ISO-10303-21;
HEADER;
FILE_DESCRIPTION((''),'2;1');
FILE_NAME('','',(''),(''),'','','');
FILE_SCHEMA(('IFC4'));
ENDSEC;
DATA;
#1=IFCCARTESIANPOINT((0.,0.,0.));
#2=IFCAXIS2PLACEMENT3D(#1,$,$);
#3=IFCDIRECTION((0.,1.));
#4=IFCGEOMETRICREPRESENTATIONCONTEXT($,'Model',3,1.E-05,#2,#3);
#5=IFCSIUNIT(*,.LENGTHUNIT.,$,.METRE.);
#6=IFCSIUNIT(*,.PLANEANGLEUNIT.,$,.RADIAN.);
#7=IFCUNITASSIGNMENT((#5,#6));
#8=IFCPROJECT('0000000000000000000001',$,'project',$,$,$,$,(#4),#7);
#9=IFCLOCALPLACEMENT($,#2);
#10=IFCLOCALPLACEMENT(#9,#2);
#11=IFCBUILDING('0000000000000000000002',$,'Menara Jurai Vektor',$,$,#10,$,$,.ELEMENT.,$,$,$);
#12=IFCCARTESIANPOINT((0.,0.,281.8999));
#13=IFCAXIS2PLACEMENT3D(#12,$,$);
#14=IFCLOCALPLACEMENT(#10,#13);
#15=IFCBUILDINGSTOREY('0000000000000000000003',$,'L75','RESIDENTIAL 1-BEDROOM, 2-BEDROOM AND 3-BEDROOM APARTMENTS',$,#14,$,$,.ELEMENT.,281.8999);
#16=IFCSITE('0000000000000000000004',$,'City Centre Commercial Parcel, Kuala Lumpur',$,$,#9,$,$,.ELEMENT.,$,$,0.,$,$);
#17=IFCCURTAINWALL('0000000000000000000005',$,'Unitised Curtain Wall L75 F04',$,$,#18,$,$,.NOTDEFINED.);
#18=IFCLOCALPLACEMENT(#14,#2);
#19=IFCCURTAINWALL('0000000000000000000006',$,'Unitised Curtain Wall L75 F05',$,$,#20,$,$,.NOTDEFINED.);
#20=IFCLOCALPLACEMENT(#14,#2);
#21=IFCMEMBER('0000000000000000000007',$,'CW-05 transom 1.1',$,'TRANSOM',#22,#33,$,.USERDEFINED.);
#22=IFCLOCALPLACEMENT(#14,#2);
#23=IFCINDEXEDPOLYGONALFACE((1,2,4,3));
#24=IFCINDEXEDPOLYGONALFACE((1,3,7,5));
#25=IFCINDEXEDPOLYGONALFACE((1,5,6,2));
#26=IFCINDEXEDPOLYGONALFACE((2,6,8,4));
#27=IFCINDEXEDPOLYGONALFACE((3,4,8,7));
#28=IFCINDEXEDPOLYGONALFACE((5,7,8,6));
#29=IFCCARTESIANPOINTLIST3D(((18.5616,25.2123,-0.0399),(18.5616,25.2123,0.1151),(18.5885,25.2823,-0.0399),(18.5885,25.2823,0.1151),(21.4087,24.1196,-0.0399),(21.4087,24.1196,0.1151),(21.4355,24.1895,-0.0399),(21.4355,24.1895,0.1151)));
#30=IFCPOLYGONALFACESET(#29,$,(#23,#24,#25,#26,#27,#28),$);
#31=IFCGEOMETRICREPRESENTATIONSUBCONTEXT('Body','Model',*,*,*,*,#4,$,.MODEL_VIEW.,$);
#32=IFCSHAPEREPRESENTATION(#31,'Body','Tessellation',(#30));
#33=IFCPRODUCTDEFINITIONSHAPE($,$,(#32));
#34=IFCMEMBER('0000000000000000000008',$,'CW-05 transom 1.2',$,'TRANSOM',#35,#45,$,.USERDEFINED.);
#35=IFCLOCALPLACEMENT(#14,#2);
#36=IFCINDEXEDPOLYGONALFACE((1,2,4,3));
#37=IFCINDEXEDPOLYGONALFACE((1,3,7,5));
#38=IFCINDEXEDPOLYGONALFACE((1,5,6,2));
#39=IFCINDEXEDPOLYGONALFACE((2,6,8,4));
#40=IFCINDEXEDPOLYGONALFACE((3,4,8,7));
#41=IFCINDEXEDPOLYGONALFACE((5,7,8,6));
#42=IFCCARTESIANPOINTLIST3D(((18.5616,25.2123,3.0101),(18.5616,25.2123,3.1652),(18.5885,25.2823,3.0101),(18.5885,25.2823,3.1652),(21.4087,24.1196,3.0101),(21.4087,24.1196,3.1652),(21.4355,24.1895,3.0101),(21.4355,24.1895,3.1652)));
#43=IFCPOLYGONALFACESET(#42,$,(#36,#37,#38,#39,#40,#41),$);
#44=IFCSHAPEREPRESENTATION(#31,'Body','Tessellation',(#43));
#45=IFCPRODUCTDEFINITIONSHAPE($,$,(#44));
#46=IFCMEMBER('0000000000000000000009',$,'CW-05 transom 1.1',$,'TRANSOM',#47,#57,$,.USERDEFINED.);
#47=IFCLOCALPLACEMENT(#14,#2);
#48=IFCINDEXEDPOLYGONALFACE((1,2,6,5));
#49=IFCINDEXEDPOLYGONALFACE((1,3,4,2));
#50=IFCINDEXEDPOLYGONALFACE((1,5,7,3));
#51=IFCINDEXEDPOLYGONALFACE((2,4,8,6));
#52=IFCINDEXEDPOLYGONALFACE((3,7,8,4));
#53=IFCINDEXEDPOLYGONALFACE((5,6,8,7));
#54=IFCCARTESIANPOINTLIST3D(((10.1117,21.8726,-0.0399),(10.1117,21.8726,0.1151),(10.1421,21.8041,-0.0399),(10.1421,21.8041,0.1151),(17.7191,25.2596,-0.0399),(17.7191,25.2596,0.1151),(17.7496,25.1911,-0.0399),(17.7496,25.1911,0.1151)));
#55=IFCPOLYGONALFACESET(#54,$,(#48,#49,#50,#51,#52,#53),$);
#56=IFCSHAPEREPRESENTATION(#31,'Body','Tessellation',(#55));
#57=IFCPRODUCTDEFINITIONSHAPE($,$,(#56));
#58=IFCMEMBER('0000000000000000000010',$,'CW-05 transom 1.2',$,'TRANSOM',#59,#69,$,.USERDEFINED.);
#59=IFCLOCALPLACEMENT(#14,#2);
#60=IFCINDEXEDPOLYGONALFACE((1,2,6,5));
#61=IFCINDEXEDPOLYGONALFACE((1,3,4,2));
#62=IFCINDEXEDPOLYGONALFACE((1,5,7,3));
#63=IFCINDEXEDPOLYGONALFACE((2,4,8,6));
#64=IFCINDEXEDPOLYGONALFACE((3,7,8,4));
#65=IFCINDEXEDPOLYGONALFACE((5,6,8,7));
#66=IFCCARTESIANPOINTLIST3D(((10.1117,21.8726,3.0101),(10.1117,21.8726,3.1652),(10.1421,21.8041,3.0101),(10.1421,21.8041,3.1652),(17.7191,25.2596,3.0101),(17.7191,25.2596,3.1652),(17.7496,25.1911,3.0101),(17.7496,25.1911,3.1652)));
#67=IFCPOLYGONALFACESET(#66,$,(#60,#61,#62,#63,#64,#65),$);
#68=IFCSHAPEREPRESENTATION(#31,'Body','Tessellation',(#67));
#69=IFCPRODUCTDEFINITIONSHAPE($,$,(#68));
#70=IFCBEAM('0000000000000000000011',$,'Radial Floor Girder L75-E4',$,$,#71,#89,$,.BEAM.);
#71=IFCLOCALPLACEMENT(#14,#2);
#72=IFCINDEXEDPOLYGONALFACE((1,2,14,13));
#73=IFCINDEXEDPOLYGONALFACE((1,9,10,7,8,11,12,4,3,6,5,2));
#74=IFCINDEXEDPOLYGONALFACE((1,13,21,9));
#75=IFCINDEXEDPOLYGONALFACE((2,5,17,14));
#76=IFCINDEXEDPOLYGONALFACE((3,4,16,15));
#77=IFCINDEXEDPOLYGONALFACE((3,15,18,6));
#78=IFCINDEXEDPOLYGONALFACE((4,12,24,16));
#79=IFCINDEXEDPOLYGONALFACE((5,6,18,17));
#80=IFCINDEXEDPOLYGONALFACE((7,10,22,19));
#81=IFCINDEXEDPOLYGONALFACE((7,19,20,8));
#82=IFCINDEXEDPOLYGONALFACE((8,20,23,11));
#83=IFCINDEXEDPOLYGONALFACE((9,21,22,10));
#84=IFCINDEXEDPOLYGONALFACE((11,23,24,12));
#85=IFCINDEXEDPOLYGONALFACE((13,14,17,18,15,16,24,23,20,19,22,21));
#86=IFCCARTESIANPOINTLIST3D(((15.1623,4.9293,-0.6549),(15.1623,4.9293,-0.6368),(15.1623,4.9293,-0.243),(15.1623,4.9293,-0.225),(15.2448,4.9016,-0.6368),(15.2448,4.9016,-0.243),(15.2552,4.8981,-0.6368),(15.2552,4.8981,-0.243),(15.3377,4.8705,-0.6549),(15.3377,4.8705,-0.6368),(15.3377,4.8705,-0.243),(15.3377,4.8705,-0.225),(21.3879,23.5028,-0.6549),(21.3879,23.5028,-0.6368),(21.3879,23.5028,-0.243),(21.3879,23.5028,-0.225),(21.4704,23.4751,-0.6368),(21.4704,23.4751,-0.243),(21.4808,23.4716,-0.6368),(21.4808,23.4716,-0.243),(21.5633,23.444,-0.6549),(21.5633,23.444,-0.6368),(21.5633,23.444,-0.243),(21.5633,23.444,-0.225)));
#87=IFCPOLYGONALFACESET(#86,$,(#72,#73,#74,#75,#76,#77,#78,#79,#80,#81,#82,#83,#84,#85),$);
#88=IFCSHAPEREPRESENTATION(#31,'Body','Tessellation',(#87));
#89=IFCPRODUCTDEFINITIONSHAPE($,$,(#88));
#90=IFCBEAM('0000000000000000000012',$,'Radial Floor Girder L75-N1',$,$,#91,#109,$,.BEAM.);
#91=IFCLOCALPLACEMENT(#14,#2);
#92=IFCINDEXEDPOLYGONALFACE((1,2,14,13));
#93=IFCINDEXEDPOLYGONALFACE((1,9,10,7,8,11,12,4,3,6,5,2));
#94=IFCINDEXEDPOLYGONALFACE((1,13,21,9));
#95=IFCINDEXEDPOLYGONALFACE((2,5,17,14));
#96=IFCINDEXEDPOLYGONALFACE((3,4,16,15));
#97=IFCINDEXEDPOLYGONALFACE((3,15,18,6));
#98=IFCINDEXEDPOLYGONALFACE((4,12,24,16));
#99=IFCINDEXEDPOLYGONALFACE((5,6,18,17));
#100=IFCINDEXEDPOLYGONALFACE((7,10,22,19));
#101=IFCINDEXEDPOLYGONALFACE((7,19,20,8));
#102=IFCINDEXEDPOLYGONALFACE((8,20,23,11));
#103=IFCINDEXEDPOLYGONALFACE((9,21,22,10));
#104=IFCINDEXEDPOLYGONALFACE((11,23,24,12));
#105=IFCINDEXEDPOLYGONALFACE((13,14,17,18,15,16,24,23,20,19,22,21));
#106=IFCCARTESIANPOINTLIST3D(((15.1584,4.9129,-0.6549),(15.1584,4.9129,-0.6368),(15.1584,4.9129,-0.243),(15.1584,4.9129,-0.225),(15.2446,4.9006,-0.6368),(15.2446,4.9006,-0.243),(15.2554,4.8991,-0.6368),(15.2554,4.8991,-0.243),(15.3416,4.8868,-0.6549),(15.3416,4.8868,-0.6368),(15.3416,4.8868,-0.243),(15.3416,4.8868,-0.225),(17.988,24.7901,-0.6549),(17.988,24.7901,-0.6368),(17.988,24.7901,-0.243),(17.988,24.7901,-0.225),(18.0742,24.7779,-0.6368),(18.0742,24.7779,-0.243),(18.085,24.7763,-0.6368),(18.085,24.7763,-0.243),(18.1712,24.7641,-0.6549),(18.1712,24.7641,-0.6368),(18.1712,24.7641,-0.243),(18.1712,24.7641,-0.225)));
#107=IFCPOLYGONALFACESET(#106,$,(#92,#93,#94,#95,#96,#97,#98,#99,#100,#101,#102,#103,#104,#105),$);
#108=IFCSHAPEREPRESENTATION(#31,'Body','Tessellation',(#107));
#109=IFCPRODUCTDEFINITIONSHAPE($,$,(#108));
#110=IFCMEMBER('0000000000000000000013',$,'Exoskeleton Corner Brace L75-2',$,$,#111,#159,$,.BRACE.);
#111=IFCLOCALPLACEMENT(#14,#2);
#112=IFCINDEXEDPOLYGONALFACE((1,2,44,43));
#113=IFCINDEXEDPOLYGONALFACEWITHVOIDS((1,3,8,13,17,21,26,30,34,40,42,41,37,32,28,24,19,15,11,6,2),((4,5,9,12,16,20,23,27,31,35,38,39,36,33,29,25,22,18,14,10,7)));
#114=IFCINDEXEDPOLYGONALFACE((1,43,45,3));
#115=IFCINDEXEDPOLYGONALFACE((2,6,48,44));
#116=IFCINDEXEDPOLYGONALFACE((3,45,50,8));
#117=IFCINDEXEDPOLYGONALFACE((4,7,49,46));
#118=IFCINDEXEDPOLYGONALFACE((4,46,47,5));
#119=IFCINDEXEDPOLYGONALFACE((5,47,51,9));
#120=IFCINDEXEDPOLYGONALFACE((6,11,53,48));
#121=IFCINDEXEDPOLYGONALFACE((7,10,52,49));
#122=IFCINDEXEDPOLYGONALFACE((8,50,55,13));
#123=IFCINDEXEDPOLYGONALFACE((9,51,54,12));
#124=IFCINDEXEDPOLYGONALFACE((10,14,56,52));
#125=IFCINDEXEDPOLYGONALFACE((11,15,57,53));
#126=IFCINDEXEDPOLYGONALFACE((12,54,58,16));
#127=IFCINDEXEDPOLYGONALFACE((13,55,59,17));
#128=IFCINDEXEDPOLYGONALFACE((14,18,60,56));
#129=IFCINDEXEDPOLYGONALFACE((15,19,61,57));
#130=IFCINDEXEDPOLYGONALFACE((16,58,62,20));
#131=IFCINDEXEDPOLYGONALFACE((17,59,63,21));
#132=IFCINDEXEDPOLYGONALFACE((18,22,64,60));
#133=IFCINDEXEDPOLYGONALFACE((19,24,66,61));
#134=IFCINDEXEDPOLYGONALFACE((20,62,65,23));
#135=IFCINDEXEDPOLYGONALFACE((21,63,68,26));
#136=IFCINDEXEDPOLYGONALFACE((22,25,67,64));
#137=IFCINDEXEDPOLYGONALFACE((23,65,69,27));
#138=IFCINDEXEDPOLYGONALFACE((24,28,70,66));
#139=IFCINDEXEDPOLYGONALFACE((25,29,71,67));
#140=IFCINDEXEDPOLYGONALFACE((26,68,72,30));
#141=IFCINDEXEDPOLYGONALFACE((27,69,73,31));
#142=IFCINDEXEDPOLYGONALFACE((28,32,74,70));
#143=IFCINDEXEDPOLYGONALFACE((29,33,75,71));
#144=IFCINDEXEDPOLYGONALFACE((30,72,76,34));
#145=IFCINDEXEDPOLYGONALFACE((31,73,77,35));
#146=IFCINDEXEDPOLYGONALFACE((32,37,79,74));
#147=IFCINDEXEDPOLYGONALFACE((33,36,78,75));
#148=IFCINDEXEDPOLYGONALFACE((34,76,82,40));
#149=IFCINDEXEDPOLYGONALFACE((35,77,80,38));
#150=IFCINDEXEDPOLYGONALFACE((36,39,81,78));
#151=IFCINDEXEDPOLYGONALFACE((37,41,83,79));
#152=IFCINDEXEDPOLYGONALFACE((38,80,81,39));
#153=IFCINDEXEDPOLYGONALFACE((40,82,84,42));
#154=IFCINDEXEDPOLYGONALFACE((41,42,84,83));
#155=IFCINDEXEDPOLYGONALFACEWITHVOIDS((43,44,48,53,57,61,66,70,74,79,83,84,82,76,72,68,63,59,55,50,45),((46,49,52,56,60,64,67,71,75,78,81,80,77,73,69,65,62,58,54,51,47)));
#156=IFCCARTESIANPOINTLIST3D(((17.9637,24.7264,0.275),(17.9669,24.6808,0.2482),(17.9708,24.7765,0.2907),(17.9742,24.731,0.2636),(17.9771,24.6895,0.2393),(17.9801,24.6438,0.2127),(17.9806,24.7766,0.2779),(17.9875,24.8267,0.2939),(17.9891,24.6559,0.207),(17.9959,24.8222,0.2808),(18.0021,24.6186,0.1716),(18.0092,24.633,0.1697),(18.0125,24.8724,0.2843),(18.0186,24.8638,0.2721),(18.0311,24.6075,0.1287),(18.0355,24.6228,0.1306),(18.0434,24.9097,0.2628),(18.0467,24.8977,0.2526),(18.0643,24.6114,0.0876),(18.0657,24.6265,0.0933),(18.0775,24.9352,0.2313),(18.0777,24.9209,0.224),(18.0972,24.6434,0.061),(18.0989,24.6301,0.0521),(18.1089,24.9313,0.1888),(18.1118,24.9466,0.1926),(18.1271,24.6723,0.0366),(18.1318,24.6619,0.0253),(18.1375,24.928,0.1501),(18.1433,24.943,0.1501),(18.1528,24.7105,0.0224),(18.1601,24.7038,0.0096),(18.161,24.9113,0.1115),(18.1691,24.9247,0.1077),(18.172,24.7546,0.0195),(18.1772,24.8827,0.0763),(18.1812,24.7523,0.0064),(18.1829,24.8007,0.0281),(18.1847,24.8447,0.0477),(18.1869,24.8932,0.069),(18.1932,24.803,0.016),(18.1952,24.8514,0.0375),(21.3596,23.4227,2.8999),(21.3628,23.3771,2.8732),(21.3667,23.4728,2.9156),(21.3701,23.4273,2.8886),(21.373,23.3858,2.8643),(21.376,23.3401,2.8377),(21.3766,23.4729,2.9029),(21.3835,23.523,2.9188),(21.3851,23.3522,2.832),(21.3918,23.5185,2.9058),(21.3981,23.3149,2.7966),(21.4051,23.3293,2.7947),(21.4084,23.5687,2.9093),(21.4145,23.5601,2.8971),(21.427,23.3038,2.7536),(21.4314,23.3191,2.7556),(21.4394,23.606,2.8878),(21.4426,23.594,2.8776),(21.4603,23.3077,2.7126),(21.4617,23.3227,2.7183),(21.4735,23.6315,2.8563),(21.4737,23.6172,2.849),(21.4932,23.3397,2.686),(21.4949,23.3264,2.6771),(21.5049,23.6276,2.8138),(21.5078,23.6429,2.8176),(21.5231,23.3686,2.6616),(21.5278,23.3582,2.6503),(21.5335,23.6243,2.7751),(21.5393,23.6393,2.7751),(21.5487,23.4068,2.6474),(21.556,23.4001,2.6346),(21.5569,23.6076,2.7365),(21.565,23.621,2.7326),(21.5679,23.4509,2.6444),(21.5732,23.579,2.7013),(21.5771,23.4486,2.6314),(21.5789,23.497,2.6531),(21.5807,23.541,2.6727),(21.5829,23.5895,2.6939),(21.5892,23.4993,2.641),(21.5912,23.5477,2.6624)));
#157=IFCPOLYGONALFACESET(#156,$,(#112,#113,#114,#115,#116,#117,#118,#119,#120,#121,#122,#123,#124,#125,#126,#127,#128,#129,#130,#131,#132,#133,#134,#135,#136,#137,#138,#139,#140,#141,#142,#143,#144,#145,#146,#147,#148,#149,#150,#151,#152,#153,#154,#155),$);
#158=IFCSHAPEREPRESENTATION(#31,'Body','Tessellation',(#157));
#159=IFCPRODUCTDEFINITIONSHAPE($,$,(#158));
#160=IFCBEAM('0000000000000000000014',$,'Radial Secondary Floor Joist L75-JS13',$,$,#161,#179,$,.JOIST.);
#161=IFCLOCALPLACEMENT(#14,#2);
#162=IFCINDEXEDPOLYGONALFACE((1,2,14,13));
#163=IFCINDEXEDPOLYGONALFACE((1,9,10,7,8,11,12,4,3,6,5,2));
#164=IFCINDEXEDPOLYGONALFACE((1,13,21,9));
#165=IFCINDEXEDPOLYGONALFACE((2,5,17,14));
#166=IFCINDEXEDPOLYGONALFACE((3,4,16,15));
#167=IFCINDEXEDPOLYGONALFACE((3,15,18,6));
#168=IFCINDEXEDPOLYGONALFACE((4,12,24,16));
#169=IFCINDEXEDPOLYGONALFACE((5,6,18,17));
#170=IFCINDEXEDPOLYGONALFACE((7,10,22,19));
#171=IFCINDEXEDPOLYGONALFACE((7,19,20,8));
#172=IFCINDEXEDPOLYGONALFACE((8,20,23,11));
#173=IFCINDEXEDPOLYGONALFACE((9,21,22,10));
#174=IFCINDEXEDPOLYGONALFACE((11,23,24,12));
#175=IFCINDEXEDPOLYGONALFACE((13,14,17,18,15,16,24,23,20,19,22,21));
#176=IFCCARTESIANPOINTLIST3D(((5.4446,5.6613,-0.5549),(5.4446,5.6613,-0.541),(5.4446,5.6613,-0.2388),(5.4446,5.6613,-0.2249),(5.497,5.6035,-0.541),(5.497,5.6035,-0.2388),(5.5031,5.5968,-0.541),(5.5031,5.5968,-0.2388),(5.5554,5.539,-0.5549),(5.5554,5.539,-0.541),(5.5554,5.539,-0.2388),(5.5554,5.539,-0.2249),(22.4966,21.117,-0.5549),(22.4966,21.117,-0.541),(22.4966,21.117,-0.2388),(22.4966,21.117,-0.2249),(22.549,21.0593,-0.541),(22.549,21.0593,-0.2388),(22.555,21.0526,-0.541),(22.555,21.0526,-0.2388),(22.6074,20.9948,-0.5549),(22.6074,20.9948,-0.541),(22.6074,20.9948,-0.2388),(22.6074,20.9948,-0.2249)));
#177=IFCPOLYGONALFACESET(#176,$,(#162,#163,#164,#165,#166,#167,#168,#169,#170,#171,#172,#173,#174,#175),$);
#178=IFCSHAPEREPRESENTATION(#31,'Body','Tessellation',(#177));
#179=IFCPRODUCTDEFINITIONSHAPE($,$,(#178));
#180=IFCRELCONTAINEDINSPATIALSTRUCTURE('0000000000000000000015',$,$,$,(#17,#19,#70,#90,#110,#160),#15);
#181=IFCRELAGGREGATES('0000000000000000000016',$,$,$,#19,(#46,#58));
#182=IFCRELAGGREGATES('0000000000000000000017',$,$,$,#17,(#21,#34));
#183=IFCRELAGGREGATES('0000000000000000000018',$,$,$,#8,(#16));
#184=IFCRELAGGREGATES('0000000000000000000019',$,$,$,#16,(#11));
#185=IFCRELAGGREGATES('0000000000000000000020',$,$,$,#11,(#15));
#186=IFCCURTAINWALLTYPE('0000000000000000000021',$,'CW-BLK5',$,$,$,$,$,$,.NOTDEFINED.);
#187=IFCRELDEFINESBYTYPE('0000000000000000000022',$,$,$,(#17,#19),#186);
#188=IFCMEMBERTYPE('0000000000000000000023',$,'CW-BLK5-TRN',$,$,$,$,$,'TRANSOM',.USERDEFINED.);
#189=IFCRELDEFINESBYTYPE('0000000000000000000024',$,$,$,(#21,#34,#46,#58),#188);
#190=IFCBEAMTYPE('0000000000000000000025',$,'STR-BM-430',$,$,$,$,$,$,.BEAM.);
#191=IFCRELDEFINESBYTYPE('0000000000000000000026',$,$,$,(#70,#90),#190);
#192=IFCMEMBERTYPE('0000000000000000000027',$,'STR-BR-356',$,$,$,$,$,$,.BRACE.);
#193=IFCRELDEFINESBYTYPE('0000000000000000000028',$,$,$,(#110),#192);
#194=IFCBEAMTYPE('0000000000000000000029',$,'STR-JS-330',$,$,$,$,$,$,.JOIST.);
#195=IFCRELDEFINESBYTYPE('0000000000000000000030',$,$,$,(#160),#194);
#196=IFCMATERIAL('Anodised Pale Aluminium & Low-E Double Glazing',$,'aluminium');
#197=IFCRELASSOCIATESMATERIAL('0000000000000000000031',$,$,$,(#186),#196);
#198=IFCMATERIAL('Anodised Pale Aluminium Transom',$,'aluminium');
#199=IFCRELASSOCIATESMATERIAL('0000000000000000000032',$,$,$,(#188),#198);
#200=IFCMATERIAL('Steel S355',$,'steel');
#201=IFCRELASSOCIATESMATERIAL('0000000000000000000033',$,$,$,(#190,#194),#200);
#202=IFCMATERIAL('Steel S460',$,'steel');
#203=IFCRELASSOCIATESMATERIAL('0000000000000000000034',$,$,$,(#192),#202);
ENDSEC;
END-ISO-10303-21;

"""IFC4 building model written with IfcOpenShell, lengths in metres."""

from ifc_helpers import new_model, si_unit, direction, frame, origin, origin_2d, place, context, subcontext, project, spatial, rectangle, hollow_circle, i_section, extrude, material, material_profile, profile_set, type_object, element, aggregate, save


model = new_model("IFC4")

# Units and contexts
model_context = context("Model", 3, precision=1e-05, world=origin(), true_north=direction((0.0, 1.0)))
body_context = subcontext(model_context, "Body", "Model", "MODEL_VIEW")
ifc_project = project(units=[si_unit("LENGTHUNIT", "METRE"), si_unit("PLANEANGLEUNIT", "RADIAN")], contexts=[model_context])

# Site, building, storey
site_placement = place(None, origin())
site = spatial("IfcSite", under=ifc_project, at=site_placement, Name="City Centre Commercial Parcel, Kuala Lumpur", CompositionType="ELEMENT", RefElevation=0.0)
building_placement = place(site_placement, origin())
building = spatial("IfcBuilding", under=site, at=building_placement, Name="Menara Jurai Vektor", CompositionType="ELEMENT")
storey_placement = place(building_placement, frame((0.0, 0.0, 281.8999)))
storey = spatial("IfcBuildingStorey", under=building, at=storey_placement, Name="L75", Description="RESIDENTIAL 1-BEDROOM, 2-BEDROOM AND 3-BEDROOM APARTMENTS", CompositionType="ELEMENT", Elevation=281.8999)

# Shared definitions
ifc_material_1 = material(Name="Steel S460", Category="steel")

# Curtain wall
ifc_material_2 = material(Name="Anodised Pale Aluminium & Low-E Double Glazing", Category="aluminium")
curtain_wall_type = type_object("IfcCurtainWallType", Name="CW-BLK5", PredefinedType="NOTDEFINED", material=ifc_material_2)
curtain_wall_1_placement = place(storey_placement, origin())
curtain_wall_1 = element("IfcCurtainWall", 1, at=curtain_wall_1_placement, inside=storey, type_object=curtain_wall_type, Name="Unitised Curtain Wall L75 F04", PredefinedType="NOTDEFINED")

# Curtain wall
curtain_wall_2_placement = place(storey_placement, origin())
curtain_wall_2 = element("IfcCurtainWall", 2, at=curtain_wall_2_placement, inside=storey, type_object=curtain_wall_type, Name="Unitised Curtain Wall L75 F05", PredefinedType="NOTDEFINED")

# Members
ifc_material_3 = material(Name="Anodised Pale Aluminium Transom", Category="aluminium")
ifc_material_profile_1 = material_profile(ifc_material_3, rectangle(XDim=0.075, YDim=0.155, at=origin_2d()), Name="ALU TRN 75x155")
ifc_profile_set_1 = profile_set([ifc_material_profile_1], Name="Anodised Pale Aluminium Transom")
member_type_1 = type_object("IfcMemberType", Name="CW-BLK5-TRN", ElementType="TRANSOM", PredefinedType="USERDEFINED", material=ifc_profile_set_1)
member_1_placement = place(storey_placement, frame((21.4221, 24.1545, 0.0376), z_axis=(-0.933597, 0.358325, 0.0), x_axis=(-0.358325, -0.933597, 0.0)))
member_1 = element("IfcMember", 3, at=member_1_placement, type_object=member_type_1, Name="CW-05 transom 1.1", ObjectType="TRANSOM", PredefinedType="USERDEFINED", context=body_context, shape_type="SweptSolid", body=[
    extrude(rectangle(XDim=0.075, YDim=0.155, at=origin_2d()), origin(), (0.0, 0.0, 1.0), 3.0496),
])
member_2_placement = place(storey_placement, frame((21.4221, 24.1545, 3.0876), z_axis=(-0.933597, 0.358325, 0.0), x_axis=(-0.358325, -0.933597, 0.0)))
member_2 = element("IfcMember", 4, at=member_2_placement, type_object=member_type_1, Name="CW-05 transom 1.2", ObjectType="TRANSOM", PredefinedType="USERDEFINED", context=body_context, shape_type="SweptSolid", body=[
    extrude(rectangle(XDim=0.075, YDim=0.155, at=origin_2d()), origin(), (0.0, 0.0, 1.0), 3.0496),
])
member_3_placement = place(storey_placement, frame((17.7344, 25.2253, 0.0376), z_axis=(-0.913549, -0.406729, 0.0), x_axis=(0.406729, -0.913549, 0.0)))
member_3 = element("IfcMember", 5, at=member_3_placement, type_object=member_type_1, Name="CW-05 transom 1.1", ObjectType="TRANSOM", PredefinedType="USERDEFINED", context=body_context, shape_type="SweptSolid", body=[
    extrude(rectangle(XDim=0.075, YDim=0.155, at=origin_2d()), origin(), (0.0, 0.0, 1.0), 8.3274),
])
member_4_placement = place(storey_placement, frame((17.7344, 25.2253, 3.0876), z_axis=(-0.913549, -0.406729, 0.0), x_axis=(0.406729, -0.913549, 0.0)))
member_4 = element("IfcMember", 6, at=member_4_placement, type_object=member_type_1, Name="CW-05 transom 1.2", ObjectType="TRANSOM", PredefinedType="USERDEFINED", context=body_context, shape_type="SweptSolid", body=[
    extrude(rectangle(XDim=0.075, YDim=0.155, at=origin_2d()), origin(), (0.0, 0.0, 1.0), 8.3274),
])
aggregate(curtain_wall_2, [member_3, member_4])

# Beams
ifc_material_4 = material(Name="Steel S355", Category="steel")
ifc_material_profile_2 = material_profile(ifc_material_4, i_section(OverallWidth=0.1851, OverallDepth=0.4299, WebThickness=0.011, FlangeThickness=0.0181, at=origin_2d()), Name="PG 430x185x76")
ifc_profile_set_2 = profile_set([ifc_material_profile_2], Name="Steel S355")
beam_type_1 = type_object("IfcBeamType", Name="STR-BM-430", PredefinedType="BEAM", material=ifc_profile_set_2)
beam_1_placement = place(storey_placement, frame((21.4756, 23.4734, -0.4399), z_axis=(-0.317809, -0.948155, 0.0), x_axis=(0.948155, -0.317809, 0.0)))
element("IfcBeam", 7, at=beam_1_placement, inside=storey, type_object=beam_type_1, Name="Radial Floor Girder L75-E4", PredefinedType="BEAM", context=body_context, shape_type="SweptSolid", body=[
    extrude(i_section(OverallWidth=0.1851, OverallDepth=0.4299, WebThickness=0.011, FlangeThickness=0.0181, at=origin_2d()), origin(), (0.0, 0.0, 1.0), 19.5891),
])
beam_2_placement = place(storey_placement, frame((18.0796, 24.7771, -0.4399), z_axis=(-0.140933, -0.990019, 0.0), x_axis=(0.990019, -0.140933, 0.0)))
element("IfcBeam", 8, at=beam_2_placement, inside=storey, type_object=beam_type_1, Name="Radial Floor Girder L75-N1", PredefinedType="BEAM", context=body_context, shape_type="SweptSolid", body=[
    extrude(i_section(OverallWidth=0.1851, OverallDepth=0.4299, WebThickness=0.011, FlangeThickness=0.0181, at=origin_2d()), origin(), (0.0, 0.0, 1.0), 20.0776),
])

# Member
ifc_material_profile_3 = material_profile(ifc_material_1, hollow_circle(Radius=0.1777, WallThickness=0.0161, at=origin_2d()), Name="CHS 355.6x16")
ifc_profile_set_3 = profile_set([ifc_material_profile_3], Name="Steel S460")
member_type_2 = type_object("IfcMemberType", Name="STR-BR-356", PredefinedType="BRACE", material=ifc_profile_set_3)
member_5_placement = place(storey_placement, frame((18.0796, 24.7771, 0.1501), z_axis=(0.757042, -0.290626, 0.58517), x_axis=(0.358394, 0.93357, 0.0)))
element("IfcMember", 9, at=member_5_placement, inside=storey, type_object=member_type_2, Name="Exoskeleton Corner Brace L75-2", PredefinedType="BRACE", context=body_context, shape_type="SweptSolid", body=[
    extrude(hollow_circle(Radius=0.1777, WallThickness=0.0161, at=origin_2d()), origin(), (0.0, 0.0, 1.0), 4.4858),
])

# Beam
ifc_material_profile_4 = material_profile(ifc_material_4, i_section(OverallWidth=0.165, OverallDepth=0.3301, WebThickness=0.009, FlangeThickness=0.0139, at=origin_2d()), Name="PG 330x165x46")
ifc_profile_set_4 = profile_set([ifc_material_profile_4], Name="Steel S355")
beam_type_2 = type_object("IfcBeamType", Name="STR-JS-330", PredefinedType="JOIST", material=ifc_profile_set_4)
beam_3_placement = place(storey_placement, frame((22.552, 21.0559, -0.3899), z_axis=(-0.740934, -0.671577, 0.0), x_axis=(0.671577, -0.740934, 0.0)))
element("IfcBeam", 10, at=beam_3_placement, inside=storey, type_object=beam_type_2, Name="Radial Secondary Floor Joist L75-JS13", PredefinedType="JOIST", context=body_context, shape_type="SweptSolid", body=[
    extrude(i_section(OverallWidth=0.165, OverallDepth=0.3301, WebThickness=0.009, FlangeThickness=0.0139, at=origin_2d()), origin(), (0.0, 0.0, 1.0), 23.0142),
])

aggregate(curtain_wall_1, [member_1, member_2])

save(model, "model.ifc")
